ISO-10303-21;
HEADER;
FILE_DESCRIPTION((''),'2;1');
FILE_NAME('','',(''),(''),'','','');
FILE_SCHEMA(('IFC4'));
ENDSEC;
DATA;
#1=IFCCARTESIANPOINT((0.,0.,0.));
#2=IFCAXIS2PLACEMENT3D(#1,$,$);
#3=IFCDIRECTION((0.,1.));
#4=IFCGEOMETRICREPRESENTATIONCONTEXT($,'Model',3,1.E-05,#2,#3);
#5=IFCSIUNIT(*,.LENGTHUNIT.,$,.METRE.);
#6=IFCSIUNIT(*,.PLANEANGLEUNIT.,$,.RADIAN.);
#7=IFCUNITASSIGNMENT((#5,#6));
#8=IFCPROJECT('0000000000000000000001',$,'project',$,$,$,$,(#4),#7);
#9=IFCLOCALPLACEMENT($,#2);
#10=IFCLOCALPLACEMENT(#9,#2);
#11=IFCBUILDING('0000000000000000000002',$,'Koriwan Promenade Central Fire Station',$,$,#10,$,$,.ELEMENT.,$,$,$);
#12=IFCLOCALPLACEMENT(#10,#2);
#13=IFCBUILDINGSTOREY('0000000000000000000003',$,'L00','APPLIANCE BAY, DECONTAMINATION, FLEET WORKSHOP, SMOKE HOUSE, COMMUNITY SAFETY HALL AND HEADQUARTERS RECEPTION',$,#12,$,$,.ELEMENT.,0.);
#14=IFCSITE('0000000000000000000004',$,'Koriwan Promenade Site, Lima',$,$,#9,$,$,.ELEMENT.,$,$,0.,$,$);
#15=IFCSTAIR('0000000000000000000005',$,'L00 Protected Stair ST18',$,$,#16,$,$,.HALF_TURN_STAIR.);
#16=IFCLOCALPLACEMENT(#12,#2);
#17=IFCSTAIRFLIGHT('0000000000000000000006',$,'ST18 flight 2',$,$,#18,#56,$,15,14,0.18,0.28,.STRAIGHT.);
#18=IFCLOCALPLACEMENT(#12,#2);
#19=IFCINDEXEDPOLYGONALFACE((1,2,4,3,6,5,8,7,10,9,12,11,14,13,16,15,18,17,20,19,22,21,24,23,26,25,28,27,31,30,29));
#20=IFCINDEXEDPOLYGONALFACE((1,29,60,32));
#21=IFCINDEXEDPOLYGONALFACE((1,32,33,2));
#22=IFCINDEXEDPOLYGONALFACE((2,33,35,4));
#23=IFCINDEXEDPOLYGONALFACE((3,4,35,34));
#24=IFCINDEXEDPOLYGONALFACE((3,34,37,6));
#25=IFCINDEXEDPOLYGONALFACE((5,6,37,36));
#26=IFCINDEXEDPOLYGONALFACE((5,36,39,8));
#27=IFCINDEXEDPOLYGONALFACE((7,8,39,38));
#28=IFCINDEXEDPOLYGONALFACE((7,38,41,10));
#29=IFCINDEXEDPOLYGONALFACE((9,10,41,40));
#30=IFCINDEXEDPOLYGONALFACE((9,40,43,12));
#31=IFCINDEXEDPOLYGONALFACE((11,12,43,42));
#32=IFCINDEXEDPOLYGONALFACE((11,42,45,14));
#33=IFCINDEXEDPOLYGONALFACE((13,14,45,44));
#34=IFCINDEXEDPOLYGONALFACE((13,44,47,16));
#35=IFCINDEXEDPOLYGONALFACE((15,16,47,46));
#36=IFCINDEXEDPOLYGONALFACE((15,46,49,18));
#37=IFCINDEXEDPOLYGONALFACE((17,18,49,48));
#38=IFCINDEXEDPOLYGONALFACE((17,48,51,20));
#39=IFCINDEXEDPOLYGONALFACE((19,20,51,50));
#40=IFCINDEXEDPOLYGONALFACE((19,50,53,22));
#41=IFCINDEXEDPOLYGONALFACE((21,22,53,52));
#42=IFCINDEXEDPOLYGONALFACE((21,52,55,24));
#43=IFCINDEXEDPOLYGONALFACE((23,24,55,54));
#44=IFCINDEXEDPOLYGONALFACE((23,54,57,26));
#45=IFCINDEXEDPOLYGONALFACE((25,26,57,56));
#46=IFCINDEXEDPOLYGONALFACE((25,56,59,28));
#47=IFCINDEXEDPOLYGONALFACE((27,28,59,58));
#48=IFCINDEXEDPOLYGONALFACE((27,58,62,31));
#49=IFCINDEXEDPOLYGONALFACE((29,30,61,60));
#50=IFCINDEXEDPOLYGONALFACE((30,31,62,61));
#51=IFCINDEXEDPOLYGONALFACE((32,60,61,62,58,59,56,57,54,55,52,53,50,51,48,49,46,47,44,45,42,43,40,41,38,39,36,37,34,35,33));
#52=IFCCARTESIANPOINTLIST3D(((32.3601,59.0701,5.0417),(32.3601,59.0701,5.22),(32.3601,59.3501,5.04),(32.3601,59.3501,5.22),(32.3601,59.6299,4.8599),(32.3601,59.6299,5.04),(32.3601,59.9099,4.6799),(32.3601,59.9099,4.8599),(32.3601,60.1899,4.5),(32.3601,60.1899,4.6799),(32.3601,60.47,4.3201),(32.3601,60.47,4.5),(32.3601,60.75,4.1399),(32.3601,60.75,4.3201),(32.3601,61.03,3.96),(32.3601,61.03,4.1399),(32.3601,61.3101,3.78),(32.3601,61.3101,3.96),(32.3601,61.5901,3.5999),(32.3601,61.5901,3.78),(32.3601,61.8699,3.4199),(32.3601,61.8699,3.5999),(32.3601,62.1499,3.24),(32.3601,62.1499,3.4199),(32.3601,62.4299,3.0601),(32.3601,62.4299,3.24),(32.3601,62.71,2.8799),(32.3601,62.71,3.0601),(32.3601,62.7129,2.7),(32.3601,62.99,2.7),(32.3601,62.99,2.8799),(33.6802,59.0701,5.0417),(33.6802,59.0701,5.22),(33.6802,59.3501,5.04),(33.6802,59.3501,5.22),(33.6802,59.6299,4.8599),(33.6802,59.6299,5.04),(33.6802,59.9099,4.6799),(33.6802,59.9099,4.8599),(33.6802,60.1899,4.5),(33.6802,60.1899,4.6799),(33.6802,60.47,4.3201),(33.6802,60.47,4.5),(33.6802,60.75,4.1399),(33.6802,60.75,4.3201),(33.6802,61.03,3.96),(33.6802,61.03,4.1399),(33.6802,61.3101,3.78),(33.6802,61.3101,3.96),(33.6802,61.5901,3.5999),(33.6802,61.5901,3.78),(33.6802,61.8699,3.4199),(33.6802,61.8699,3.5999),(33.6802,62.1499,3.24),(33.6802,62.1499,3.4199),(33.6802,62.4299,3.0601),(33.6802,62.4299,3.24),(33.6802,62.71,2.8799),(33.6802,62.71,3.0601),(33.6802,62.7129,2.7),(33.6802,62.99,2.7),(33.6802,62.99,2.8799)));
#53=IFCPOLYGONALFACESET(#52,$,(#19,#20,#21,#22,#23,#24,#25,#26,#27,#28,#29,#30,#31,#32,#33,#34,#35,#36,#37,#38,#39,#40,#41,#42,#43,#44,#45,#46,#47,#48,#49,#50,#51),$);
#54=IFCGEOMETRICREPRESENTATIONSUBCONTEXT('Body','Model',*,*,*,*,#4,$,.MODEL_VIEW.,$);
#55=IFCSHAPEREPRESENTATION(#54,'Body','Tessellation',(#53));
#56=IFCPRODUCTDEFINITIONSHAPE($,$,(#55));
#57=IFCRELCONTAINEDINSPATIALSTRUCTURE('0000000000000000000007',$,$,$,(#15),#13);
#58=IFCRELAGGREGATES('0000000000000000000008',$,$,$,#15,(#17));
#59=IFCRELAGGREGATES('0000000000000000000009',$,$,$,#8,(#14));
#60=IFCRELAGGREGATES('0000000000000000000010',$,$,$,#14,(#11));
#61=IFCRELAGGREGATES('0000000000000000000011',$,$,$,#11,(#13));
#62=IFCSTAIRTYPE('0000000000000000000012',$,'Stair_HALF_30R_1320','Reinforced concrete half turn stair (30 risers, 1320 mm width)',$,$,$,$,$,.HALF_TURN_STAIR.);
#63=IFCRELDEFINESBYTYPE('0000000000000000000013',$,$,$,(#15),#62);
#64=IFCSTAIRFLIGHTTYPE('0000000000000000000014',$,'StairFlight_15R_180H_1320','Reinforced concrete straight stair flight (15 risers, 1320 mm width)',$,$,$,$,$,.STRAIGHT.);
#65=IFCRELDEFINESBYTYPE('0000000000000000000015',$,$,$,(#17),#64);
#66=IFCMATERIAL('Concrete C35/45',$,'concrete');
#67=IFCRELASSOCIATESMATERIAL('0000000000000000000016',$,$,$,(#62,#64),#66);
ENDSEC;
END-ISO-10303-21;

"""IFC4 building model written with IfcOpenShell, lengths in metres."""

from ifc_helpers import new_model, si_unit, direction, frame, origin, place, context, subcontext, project, spatial, polyline, outline, extrude, material, type_object, element, aggregate, save


model = new_model("IFC4")

# Units and contexts
model_context = context("Model", 3, precision=1e-05, world=origin(), true_north=direction((0.0, 1.0)))
body_context = subcontext(model_context, "Body", "Model", "MODEL_VIEW")
ifc_project = project(units=[si_unit("LENGTHUNIT", "METRE"), si_unit("PLANEANGLEUNIT", "RADIAN")], contexts=[model_context])

# Site, building, storey
site_placement = place(None, origin())
site = spatial("IfcSite", under=ifc_project, at=site_placement, Name="Koriwan Promenade Site, Lima", CompositionType="ELEMENT", RefElevation=0.0)
building_placement = place(site_placement, origin())
building = spatial("IfcBuilding", under=site, at=building_placement, Name="Koriwan Promenade Central Fire Station", CompositionType="ELEMENT")
storey_placement = place(building_placement, origin())
storey = spatial("IfcBuildingStorey", under=building, at=storey_placement, Name="L00", Description="APPLIANCE BAY, DECONTAMINATION, FLEET WORKSHOP, SMOKE HOUSE, COMMUNITY SAFETY HALL AND HEADQUARTERS RECEPTION", CompositionType="ELEMENT", Elevation=0.0)

# Shared definitions
ifc_material_1 = material(Name="Concrete C35/45", Category="concrete")

# Stair, stair flight
stair_type = type_object("IfcStairType", Name="Stair_HALF_30R_1320", Description="Reinforced concrete half turn stair (30 risers, 1320 mm width)", PredefinedType="HALF_TURN_STAIR", material=ifc_material_1)
stair_placement = place(storey_placement, origin())
stair = element("IfcStair", 1, at=stair_placement, inside=storey, type_object=stair_type, Name="L00 Protected Stair ST18", PredefinedType="HALF_TURN_STAIR")
stair_flight_type = type_object("IfcStairFlightType", Name="StairFlight_15R_180H_1320", Description="Reinforced concrete straight stair flight (15 risers, 1320 mm width)", PredefinedType="STRAIGHT", material=ifc_material_1)
stair_flight_placement = place(storey_placement, frame((33.02, 62.99, 2.7), z_axis=(0.0, 0.0, 1.0), x_axis=(0.0, -1.0, 0.0)))
stair_flight = element("IfcStairFlight", 2, at=stair_flight_placement, type_object=stair_flight_type, Name="ST18 flight 2", NumberOfRisers=15, NumberOfTreads=14, PredefinedType="STRAIGHT", RiserHeight=0.18, TreadLength=0.28, context=body_context, shape_type="SweptSolid", body=[
    extrude(outline(polyline([(0.0, 0.0), (0.0, 0.1799), (0.28, 0.1799), (0.28, 0.3601), (0.5601, 0.3601), (0.5601, 0.54), (0.8401, 0.54), (0.8401, 0.72), (1.1201, 0.72), (1.1201, 0.8999), (1.3999, 0.8999), (1.3999, 1.0801), (1.6799, 1.0801), (1.6799, 1.26), (1.96, 1.26), (1.96, 1.4399), (2.24, 1.4399), (2.24, 1.6201), (2.52, 1.6201), (2.52, 1.8), (2.8, 1.8), (2.8, 1.98), (3.0801, 1.98), (3.0801, 2.1599), (3.3601, 2.1599), (3.3601, 2.3401), (3.6399, 2.3401), (3.6399, 2.52), (3.9199, 2.52), (3.9199, 2.7), (3.9199, 2.3418), (0.2771, 0.0), (0.0, 0.0)])), frame((0.0, 0.6602, 0.0), z_axis=(0.0, -1.0, 0.0), x_axis=(1.0, 0.0, 0.0)), (0.0, 0.0, 1.0), 1.3201),
])
aggregate(stair, [stair_flight])

save(model, "model.ifc")
